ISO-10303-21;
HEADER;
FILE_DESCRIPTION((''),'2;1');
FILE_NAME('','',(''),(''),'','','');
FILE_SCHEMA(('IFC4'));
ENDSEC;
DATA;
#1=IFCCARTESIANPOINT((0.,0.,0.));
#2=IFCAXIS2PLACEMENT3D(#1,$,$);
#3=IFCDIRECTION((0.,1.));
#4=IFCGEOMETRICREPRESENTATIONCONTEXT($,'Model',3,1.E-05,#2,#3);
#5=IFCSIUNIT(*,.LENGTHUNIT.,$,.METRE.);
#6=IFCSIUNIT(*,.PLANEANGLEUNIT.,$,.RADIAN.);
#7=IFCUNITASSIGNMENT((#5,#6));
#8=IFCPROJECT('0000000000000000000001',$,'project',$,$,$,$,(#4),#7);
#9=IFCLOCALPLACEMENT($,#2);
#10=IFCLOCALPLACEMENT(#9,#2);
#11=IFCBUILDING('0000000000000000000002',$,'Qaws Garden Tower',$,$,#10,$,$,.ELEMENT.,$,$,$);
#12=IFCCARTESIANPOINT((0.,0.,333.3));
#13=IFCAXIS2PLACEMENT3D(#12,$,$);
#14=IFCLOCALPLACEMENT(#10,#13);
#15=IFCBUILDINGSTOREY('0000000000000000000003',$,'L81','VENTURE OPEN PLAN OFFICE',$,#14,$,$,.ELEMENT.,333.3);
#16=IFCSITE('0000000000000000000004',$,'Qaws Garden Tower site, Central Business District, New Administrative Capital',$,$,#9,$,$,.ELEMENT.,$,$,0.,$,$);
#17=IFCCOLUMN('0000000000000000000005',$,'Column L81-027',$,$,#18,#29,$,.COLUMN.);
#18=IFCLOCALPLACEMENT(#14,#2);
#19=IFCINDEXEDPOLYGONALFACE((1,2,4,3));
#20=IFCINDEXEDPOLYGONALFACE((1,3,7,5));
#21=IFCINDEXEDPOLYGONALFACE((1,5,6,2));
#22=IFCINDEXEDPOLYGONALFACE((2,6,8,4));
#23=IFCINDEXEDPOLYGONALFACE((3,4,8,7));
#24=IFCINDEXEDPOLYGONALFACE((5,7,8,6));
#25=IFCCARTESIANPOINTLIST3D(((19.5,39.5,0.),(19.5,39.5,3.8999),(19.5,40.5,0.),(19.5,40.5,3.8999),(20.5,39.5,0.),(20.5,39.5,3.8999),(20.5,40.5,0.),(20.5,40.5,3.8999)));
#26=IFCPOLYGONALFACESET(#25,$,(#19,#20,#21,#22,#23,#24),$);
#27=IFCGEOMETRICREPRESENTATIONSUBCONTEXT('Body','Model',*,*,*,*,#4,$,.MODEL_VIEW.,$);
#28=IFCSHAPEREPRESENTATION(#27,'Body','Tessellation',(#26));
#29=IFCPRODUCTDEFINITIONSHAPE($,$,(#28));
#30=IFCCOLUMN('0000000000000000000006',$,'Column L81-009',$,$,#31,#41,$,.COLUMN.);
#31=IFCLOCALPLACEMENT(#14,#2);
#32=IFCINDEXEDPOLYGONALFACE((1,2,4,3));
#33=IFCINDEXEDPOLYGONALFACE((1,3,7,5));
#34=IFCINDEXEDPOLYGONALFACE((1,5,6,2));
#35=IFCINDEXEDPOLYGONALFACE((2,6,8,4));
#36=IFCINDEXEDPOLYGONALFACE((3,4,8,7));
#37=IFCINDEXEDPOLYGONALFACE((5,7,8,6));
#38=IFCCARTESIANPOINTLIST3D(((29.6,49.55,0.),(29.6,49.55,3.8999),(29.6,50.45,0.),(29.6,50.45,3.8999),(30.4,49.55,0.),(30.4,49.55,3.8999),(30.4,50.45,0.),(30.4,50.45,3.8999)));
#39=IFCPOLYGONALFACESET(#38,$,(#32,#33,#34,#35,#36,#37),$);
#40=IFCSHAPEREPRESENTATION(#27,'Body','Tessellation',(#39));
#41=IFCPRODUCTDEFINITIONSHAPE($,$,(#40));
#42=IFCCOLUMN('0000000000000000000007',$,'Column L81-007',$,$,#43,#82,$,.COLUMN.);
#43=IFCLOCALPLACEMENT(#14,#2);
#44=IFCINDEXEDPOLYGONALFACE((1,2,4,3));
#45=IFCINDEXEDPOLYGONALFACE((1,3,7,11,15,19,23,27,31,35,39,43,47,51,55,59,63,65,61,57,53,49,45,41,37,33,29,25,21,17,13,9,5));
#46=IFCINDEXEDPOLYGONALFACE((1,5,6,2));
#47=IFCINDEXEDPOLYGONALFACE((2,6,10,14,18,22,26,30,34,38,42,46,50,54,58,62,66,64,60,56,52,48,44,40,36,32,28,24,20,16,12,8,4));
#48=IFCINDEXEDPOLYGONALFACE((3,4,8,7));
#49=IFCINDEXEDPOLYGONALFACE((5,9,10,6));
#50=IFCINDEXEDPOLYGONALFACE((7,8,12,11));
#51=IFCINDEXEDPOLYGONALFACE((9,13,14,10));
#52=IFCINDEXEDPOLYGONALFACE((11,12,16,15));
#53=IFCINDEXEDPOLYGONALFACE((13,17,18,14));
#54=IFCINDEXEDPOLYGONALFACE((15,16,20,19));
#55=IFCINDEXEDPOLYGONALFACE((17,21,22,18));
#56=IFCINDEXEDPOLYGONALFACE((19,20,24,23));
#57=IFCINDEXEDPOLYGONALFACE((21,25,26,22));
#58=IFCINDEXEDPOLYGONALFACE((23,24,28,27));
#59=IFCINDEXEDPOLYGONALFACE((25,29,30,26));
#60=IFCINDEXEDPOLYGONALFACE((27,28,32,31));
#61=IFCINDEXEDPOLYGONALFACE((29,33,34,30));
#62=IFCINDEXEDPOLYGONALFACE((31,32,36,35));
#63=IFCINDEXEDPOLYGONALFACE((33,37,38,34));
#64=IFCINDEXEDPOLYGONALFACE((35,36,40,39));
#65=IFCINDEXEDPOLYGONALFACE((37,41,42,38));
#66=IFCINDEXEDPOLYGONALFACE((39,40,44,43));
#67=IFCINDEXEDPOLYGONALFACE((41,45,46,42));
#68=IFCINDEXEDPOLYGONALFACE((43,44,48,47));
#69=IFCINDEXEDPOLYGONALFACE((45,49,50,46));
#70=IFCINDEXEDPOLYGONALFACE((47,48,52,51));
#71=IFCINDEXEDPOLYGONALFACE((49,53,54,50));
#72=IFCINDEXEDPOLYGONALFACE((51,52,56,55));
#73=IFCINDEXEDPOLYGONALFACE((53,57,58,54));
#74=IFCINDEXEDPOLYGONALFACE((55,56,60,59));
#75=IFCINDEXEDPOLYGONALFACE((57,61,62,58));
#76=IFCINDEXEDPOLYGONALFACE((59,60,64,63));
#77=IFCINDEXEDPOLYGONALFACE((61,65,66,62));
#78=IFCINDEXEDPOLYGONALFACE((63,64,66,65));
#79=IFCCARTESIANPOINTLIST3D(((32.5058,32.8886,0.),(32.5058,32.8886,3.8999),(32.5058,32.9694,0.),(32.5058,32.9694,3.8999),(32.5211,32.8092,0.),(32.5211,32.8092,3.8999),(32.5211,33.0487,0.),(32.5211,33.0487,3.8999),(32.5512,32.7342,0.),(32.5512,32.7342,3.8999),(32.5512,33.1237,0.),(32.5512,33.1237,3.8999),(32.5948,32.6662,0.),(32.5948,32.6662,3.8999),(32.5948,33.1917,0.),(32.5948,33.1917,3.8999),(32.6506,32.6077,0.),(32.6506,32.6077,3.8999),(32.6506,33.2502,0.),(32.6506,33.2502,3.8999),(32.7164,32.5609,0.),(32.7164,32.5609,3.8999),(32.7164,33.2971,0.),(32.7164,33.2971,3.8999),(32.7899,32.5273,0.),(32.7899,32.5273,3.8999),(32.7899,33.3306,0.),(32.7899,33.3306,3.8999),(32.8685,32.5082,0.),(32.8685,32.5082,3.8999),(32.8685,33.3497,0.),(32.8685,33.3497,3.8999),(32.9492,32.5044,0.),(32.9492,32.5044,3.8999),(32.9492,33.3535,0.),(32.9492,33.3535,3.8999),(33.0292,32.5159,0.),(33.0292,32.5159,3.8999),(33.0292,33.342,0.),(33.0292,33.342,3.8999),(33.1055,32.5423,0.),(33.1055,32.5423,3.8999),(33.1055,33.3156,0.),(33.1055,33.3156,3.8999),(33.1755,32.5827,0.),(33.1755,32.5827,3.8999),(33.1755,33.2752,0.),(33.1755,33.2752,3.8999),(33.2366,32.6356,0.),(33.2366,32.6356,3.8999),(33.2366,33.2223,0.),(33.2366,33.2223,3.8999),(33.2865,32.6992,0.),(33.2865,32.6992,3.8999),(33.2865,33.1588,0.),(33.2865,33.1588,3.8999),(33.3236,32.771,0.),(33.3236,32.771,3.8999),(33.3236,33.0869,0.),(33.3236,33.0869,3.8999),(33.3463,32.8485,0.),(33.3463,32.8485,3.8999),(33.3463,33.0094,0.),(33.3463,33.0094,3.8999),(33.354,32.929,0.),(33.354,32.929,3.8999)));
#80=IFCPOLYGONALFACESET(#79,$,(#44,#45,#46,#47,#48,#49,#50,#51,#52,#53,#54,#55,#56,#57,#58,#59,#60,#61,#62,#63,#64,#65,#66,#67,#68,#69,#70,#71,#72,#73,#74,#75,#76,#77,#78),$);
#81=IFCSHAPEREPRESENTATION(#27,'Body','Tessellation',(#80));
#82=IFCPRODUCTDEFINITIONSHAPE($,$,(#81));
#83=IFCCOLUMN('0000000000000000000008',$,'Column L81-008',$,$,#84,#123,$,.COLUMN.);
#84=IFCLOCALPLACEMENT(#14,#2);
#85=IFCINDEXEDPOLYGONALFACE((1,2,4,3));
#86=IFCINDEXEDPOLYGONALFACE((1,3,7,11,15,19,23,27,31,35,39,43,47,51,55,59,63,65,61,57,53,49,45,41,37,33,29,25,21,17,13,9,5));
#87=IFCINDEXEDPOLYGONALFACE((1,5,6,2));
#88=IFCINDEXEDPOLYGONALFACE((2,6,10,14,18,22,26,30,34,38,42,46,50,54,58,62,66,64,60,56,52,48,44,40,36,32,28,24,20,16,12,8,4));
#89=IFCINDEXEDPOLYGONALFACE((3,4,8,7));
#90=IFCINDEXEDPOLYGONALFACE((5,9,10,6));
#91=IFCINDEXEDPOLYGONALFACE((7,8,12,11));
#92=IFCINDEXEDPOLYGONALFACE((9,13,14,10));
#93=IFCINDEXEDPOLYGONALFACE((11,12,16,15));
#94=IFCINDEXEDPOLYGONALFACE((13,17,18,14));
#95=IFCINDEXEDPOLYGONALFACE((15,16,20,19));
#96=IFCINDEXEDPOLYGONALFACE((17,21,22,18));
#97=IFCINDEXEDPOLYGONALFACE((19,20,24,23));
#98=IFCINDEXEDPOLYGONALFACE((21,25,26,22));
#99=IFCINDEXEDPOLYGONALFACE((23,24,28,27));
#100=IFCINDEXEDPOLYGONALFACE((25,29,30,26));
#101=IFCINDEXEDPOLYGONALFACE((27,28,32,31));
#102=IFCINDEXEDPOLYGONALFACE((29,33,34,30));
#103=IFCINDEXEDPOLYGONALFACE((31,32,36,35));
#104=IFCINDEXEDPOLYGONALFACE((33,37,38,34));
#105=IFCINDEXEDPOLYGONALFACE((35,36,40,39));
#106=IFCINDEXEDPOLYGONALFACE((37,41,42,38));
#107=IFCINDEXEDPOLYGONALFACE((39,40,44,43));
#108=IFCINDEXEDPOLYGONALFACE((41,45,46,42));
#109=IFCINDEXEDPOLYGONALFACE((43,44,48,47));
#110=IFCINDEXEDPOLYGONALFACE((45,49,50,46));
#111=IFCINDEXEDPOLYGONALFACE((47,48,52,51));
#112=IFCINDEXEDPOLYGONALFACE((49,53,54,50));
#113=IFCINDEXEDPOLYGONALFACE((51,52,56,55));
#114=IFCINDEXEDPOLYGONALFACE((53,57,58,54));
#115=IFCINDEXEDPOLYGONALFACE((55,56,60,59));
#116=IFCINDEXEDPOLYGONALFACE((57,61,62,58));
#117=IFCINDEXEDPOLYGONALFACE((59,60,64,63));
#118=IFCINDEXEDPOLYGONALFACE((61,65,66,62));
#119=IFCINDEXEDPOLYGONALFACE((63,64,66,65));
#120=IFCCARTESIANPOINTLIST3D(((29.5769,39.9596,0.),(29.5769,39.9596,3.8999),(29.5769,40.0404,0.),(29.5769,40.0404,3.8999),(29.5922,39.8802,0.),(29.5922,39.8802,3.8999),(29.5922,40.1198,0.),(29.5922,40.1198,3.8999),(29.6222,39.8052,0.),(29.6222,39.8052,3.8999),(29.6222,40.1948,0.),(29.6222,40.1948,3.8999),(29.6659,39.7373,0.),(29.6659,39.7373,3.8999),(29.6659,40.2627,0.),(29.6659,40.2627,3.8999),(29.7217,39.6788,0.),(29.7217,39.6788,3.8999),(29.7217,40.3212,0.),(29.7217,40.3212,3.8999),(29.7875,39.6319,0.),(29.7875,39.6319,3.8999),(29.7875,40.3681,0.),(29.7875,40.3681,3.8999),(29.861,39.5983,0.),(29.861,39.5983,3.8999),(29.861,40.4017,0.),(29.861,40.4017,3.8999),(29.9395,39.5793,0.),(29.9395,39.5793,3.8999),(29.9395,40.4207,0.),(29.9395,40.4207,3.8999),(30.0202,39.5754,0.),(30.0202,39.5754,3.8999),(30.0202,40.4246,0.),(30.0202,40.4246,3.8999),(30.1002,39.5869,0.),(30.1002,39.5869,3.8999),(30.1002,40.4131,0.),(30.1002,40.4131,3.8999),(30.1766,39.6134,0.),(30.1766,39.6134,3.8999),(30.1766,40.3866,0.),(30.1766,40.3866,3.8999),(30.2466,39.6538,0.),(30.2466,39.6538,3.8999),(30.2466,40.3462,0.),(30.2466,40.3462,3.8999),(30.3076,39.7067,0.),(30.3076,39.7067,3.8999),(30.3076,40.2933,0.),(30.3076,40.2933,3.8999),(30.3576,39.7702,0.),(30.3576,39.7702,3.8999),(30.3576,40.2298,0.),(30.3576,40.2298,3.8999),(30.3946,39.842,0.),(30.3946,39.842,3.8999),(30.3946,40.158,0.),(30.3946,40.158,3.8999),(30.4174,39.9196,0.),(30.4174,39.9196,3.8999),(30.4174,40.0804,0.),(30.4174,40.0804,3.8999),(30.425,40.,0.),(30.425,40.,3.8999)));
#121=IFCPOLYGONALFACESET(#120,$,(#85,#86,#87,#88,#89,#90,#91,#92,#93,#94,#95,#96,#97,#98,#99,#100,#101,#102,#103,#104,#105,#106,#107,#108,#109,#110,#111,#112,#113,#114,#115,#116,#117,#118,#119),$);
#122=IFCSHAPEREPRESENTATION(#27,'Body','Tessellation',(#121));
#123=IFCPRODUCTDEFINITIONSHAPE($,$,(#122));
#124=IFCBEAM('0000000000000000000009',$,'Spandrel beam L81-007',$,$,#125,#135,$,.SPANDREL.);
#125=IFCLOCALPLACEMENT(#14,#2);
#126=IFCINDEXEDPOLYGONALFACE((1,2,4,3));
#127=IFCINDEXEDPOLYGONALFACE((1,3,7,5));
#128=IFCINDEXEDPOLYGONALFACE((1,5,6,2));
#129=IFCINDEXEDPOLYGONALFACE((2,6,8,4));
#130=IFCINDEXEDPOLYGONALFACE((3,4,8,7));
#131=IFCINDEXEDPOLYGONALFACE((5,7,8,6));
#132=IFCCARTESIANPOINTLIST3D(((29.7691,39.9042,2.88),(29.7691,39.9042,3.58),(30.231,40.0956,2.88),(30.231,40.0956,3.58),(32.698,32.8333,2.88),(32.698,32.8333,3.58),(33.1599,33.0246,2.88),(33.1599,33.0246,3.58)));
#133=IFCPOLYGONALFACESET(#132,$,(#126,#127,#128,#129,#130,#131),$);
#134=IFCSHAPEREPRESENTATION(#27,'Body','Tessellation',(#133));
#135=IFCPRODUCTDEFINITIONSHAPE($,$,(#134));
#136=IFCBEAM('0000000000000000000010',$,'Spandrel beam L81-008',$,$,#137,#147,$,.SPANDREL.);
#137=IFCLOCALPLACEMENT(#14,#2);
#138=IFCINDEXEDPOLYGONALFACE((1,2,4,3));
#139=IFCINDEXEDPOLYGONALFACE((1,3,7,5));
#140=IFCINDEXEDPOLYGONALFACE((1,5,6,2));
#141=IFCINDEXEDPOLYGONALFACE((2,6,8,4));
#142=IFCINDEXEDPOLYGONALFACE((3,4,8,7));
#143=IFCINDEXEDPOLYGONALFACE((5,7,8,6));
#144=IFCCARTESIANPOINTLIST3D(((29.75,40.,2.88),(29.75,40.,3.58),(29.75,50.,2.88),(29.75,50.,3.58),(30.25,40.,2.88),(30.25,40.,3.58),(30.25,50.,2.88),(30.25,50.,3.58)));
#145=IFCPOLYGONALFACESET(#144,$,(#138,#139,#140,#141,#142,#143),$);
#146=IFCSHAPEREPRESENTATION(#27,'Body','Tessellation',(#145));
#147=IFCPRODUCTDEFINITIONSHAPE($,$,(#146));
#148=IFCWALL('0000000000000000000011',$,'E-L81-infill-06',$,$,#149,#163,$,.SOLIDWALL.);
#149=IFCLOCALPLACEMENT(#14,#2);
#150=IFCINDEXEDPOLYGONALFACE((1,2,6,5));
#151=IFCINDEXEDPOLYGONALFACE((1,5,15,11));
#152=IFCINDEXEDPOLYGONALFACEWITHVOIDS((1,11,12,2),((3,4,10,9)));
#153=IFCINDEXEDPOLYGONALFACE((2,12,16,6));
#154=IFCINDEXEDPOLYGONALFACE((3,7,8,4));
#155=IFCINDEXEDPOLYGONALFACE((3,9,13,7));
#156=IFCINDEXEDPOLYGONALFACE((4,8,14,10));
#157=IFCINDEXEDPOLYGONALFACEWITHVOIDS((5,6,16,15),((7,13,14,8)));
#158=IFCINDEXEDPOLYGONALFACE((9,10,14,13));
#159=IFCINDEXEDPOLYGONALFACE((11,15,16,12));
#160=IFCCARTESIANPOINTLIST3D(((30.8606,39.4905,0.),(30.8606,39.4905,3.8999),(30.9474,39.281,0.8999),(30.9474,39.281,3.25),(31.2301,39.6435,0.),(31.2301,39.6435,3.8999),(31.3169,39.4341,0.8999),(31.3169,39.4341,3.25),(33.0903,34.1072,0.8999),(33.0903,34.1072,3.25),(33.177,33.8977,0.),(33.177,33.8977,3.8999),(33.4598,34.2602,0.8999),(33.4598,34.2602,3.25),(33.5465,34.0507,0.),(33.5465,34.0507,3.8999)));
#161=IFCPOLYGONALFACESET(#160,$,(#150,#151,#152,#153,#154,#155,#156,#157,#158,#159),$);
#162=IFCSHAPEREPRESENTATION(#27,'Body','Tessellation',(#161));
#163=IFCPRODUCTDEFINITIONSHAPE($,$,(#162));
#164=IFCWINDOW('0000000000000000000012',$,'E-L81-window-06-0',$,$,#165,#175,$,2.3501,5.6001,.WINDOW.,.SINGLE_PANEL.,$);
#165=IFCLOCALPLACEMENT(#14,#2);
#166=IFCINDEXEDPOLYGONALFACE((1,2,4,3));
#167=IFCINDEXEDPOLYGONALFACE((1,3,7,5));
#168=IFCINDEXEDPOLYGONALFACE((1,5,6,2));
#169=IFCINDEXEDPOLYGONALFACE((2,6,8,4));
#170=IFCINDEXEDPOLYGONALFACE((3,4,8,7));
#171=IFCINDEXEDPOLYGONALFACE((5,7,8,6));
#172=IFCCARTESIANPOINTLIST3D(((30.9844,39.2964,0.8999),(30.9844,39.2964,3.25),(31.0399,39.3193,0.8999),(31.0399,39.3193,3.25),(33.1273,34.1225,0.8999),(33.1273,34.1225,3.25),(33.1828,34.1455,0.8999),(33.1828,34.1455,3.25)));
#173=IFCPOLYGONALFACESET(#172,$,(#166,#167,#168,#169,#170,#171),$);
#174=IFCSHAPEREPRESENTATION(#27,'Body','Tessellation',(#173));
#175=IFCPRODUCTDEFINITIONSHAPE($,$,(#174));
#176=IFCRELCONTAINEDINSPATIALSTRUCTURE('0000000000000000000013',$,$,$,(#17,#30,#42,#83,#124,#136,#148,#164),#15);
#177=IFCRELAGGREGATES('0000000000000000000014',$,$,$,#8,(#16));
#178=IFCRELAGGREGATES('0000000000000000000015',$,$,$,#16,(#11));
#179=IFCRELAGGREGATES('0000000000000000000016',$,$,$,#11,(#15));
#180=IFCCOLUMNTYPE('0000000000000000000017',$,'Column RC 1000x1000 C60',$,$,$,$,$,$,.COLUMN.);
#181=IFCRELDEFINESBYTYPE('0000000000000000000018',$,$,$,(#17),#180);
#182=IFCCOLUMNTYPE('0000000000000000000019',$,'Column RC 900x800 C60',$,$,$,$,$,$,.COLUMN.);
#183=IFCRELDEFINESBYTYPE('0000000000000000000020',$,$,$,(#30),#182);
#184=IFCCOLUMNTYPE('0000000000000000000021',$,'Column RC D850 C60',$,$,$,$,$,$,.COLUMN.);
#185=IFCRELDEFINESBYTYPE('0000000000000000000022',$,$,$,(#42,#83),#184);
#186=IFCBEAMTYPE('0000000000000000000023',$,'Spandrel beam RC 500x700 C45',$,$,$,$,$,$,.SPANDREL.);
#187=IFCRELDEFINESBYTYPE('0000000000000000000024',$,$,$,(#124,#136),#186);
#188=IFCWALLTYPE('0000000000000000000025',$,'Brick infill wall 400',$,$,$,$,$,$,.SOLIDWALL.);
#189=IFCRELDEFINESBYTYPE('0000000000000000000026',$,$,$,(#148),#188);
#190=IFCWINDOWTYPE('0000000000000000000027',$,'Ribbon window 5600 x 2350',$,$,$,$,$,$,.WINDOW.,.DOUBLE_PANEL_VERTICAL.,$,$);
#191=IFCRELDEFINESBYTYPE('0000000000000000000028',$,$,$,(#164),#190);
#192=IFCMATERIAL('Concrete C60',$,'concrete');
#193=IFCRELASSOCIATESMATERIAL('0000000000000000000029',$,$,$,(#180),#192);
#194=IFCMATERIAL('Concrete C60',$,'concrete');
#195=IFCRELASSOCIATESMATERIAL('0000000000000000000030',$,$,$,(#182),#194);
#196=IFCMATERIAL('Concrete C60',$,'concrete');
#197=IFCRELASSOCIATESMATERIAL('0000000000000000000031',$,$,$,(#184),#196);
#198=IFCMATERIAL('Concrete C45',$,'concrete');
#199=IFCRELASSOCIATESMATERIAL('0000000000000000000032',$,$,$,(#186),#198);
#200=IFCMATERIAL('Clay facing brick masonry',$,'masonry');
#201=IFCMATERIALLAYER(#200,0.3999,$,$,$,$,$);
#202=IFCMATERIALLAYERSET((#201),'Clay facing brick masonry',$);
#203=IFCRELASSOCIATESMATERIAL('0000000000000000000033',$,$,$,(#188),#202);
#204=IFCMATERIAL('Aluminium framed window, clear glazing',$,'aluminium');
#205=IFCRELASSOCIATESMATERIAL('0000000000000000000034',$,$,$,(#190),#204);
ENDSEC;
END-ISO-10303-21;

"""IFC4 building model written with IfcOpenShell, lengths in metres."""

from ifc_helpers import new_model, si_unit, direction, frame, frame_2d, origin, origin_2d, place, context, subcontext, project, spatial, rectangle, circle, extrude, material, layer, layer_set, material_profile, profile_set, type_object, element, fill, save


model = new_model("IFC4")

# Units and contexts
model_context = context("Model", 3, precision=1e-05, world=origin(), true_north=direction((0.0, 1.0)))
body_context = subcontext(model_context, "Body", "Model", "MODEL_VIEW")
ifc_project = project(units=[si_unit("LENGTHUNIT", "METRE"), si_unit("PLANEANGLEUNIT", "RADIAN")], contexts=[model_context])

# Site, building, storey
site_placement = place(None, origin())
site = spatial("IfcSite", under=ifc_project, at=site_placement, Name="Qaws Garden Tower site, Central Business District, New Administrative Capital", CompositionType="ELEMENT", RefElevation=0.0)
building_placement = place(site_placement, origin())
building = spatial("IfcBuilding", under=site, at=building_placement, Name="Qaws Garden Tower", CompositionType="ELEMENT")
storey_placement = place(building_placement, frame((0.0, 0.0, 333.3)))
storey = spatial("IfcBuildingStorey", under=building, at=storey_placement, Name="L81", Description="VENTURE OPEN PLAN OFFICE", CompositionType="ELEMENT", Elevation=333.3)

# Columns
ifc_material_1 = material(Name="Concrete C60", Category="concrete")
ifc_material_profile_1 = material_profile(ifc_material_1, rectangle(XDim=1.0, YDim=1.0, at=origin_2d()), Name="RC 1000x1000")
ifc_profile_set_1 = profile_set([ifc_material_profile_1], Name="Concrete C60")
column_type_1 = type_object("IfcColumnType", Name="Column RC 1000x1000 C60", PredefinedType="COLUMN", material=ifc_profile_set_1)
column_1_placement = place(storey_placement, frame((20.0, 40.0, 0.0), z_axis=(0.0, 0.0, 1.0), x_axis=(1.0, 0.0, 0.0)))
element("IfcColumn", 1, at=column_1_placement, inside=storey, type_object=column_type_1, Name="Column L81-027", PredefinedType="COLUMN", context=body_context, shape_type="SweptSolid", body=[
    extrude(rectangle(XDim=1.0, YDim=1.0, at=origin_2d()), origin(), (0.0, 0.0, 1.0), 3.8999),
])
ifc_material_2 = material(Name="Concrete C60", Category="concrete")
ifc_material_profile_2 = material_profile(ifc_material_2, rectangle(XDim=0.8999, YDim=0.8, at=origin_2d()), Name="RC 900x800")
ifc_profile_set_2 = profile_set([ifc_material_profile_2], Name="Concrete C60")
column_type_2 = type_object("IfcColumnType", Name="Column RC 900x800 C60", PredefinedType="COLUMN", material=ifc_profile_set_2)
column_2_placement = place(storey_placement, frame((30.0, 50.0, 0.0), z_axis=(0.0, 0.0, 1.0), x_axis=(0.0, 1.0, 0.0)))
element("IfcColumn", 2, at=column_2_placement, inside=storey, type_object=column_type_2, Name="Column L81-009", PredefinedType="COLUMN", context=body_context, shape_type="SweptSolid", body=[
    extrude(rectangle(XDim=0.8999, YDim=0.8, at=origin_2d()), origin(), (0.0, 0.0, 1.0), 3.8999),
])
ifc_material_3 = material(Name="Concrete C60", Category="concrete")
ifc_material_profile_3 = material_profile(ifc_material_3, circle(Radius=0.425, at=origin_2d()), Name="RC D850")
ifc_profile_set_3 = profile_set([ifc_material_profile_3], Name="Concrete C60")
column_type_3 = type_object("IfcColumnType", Name="Column RC D850 C60", PredefinedType="COLUMN", material=ifc_profile_set_3)
for number, where, z_axis, x_axis, name in (
    (3, (32.929, 32.929, 0.0), (0.0, 0.0, 1.0), (1.0, 0.0, 0.0), "Column L81-007"),
    (4, (30.0, 40.0, 0.0), (0.0, 0.0, 1.0), (1.0, 0.0, 0.0), "Column L81-008"),
):
    element("IfcColumn", number, at=place(storey_placement, frame(where, z_axis=z_axis, x_axis=x_axis)), inside=storey, type_object=column_type_3, Name=name, PredefinedType="COLUMN", context=body_context, shape_type="SweptSolid", body=[
        extrude(circle(Radius=0.425, at=origin_2d()), origin(), (0.0, 0.0, 1.0), 3.8999),
    ])

# Beams
ifc_material_4 = material(Name="Concrete C45", Category="concrete")
ifc_material_profile_4 = material_profile(ifc_material_4, rectangle(XDim=0.5, YDim=0.7, at=origin_2d()), Name="RC 500x700")
ifc_profile_set_4 = profile_set([ifc_material_profile_4], Name="Concrete C45")
beam_type = type_object("IfcBeamType", Name="Spandrel beam RC 500x700 C45", PredefinedType="SPANDREL", material=ifc_profile_set_4)
beam_1_placement = place(storey_placement, frame((32.929, 32.929, 3.23), z_axis=(-0.382687, 0.923878, 0.0), x_axis=(-0.923878, -0.382687, 0.0)))
element("IfcBeam", 5, at=beam_1_placement, inside=storey, type_object=beam_type, Name="Spandrel beam L81-007", PredefinedType="SPANDREL", context=body_context, shape_type="SweptSolid", body=[
    extrude(rectangle(XDim=0.5, YDim=0.7, at=origin_2d()), origin(), (0.0, 0.0, 1.0), 7.6536),
])
beam_2_placement = place(storey_placement, frame((30.0, 40.0, 3.23), z_axis=(0.0, 1.0, 0.0), x_axis=(-1.0, 0.0, 0.0)))
element("IfcBeam", 6, at=beam_2_placement, inside=storey, type_object=beam_type, Name="Spandrel beam L81-008", PredefinedType="SPANDREL", context=body_context, shape_type="SweptSolid", body=[
    extrude(rectangle(XDim=0.5, YDim=0.7, at=origin_2d()), origin(), (0.0, 0.0, 1.0), 10.0),
])

# Wall, opening, window
ifc_material_5 = material(Name="Clay facing brick masonry", Category="masonry")
ifc_layer_1 = layer(ifc_material_5, 0.3999)
ifc_layer_set_1 = layer_set([ifc_layer_1], Name="Clay facing brick masonry")
wall_type_1 = type_object("IfcWallType", Name="Brick infill wall 400", PredefinedType="SOLIDWALL", material=ifc_layer_set_1)
wall_1_placement = place(storey_placement, frame((33.3618, 33.9741, 0.0), z_axis=(0.0, 0.0, 1.0), x_axis=(-0.382656, 0.923891, 0.0)))
wall_1 = element("IfcWall", 7, at=wall_1_placement, inside=storey, type_object=wall_type_1, Name="E-L81-infill-06", PredefinedType="SOLIDWALL", context=body_context, shape_type="SweptSolid", body=[
    extrude(rectangle(XDim=6.0535, YDim=0.3999, at=frame_2d((3.0269, 0.0))), origin(), (0.0, 0.0, 1.0), 3.8999),
])
opening_1_placement = place(wall_1_placement, frame((0.2268, 0.0, 0.8999)))
opening_1 = element("IfcOpeningElement", 8, at=opening_1_placement, cuts=wall_1, PredefinedType="OPENING", context=body_context, shape_type="SweptSolid", body=[
    extrude(rectangle(XDim=5.6001, YDim=2.3501, at=frame_2d((2.8, 1.175))), frame((0.0, 0.21, 0.0), z_axis=(0.0, -1.0, 0.0), x_axis=(1.0, 0.0, 0.0)), (0.0, 0.0, 1.0), 0.4199),
])
ifc_material_6 = material(Name="Aluminium framed window, clear glazing", Category="aluminium")
window_type_1 = type_object("IfcWindowType", Name="Ribbon window 5600 x 2350", PartitioningType="DOUBLE_PANEL_VERTICAL", PredefinedType="WINDOW", material=ifc_material_6)
window_1_placement = place(opening_1_placement, origin())
window_1 = element("IfcWindow", 9, at=window_1_placement, inside=storey, type_object=window_type_1, Name="E-L81-window-06-0", OverallHeight=2.3501, OverallWidth=5.6001, PartitioningType="SINGLE_PANEL", PredefinedType="WINDOW", context=body_context, shape_type="SweptSolid", body=[
    extrude(rectangle(XDim=5.6001, YDim=2.3501, at=frame_2d((2.8, 1.175))), frame((0.0, 0.1599, 0.0), z_axis=(0.0, -1.0, 0.0), x_axis=(1.0, 0.0, 0.0)), (0.0, 0.0, 1.0), 0.0601),
])
fill(opening_1, window_1)

save(model, "model.ifc")
